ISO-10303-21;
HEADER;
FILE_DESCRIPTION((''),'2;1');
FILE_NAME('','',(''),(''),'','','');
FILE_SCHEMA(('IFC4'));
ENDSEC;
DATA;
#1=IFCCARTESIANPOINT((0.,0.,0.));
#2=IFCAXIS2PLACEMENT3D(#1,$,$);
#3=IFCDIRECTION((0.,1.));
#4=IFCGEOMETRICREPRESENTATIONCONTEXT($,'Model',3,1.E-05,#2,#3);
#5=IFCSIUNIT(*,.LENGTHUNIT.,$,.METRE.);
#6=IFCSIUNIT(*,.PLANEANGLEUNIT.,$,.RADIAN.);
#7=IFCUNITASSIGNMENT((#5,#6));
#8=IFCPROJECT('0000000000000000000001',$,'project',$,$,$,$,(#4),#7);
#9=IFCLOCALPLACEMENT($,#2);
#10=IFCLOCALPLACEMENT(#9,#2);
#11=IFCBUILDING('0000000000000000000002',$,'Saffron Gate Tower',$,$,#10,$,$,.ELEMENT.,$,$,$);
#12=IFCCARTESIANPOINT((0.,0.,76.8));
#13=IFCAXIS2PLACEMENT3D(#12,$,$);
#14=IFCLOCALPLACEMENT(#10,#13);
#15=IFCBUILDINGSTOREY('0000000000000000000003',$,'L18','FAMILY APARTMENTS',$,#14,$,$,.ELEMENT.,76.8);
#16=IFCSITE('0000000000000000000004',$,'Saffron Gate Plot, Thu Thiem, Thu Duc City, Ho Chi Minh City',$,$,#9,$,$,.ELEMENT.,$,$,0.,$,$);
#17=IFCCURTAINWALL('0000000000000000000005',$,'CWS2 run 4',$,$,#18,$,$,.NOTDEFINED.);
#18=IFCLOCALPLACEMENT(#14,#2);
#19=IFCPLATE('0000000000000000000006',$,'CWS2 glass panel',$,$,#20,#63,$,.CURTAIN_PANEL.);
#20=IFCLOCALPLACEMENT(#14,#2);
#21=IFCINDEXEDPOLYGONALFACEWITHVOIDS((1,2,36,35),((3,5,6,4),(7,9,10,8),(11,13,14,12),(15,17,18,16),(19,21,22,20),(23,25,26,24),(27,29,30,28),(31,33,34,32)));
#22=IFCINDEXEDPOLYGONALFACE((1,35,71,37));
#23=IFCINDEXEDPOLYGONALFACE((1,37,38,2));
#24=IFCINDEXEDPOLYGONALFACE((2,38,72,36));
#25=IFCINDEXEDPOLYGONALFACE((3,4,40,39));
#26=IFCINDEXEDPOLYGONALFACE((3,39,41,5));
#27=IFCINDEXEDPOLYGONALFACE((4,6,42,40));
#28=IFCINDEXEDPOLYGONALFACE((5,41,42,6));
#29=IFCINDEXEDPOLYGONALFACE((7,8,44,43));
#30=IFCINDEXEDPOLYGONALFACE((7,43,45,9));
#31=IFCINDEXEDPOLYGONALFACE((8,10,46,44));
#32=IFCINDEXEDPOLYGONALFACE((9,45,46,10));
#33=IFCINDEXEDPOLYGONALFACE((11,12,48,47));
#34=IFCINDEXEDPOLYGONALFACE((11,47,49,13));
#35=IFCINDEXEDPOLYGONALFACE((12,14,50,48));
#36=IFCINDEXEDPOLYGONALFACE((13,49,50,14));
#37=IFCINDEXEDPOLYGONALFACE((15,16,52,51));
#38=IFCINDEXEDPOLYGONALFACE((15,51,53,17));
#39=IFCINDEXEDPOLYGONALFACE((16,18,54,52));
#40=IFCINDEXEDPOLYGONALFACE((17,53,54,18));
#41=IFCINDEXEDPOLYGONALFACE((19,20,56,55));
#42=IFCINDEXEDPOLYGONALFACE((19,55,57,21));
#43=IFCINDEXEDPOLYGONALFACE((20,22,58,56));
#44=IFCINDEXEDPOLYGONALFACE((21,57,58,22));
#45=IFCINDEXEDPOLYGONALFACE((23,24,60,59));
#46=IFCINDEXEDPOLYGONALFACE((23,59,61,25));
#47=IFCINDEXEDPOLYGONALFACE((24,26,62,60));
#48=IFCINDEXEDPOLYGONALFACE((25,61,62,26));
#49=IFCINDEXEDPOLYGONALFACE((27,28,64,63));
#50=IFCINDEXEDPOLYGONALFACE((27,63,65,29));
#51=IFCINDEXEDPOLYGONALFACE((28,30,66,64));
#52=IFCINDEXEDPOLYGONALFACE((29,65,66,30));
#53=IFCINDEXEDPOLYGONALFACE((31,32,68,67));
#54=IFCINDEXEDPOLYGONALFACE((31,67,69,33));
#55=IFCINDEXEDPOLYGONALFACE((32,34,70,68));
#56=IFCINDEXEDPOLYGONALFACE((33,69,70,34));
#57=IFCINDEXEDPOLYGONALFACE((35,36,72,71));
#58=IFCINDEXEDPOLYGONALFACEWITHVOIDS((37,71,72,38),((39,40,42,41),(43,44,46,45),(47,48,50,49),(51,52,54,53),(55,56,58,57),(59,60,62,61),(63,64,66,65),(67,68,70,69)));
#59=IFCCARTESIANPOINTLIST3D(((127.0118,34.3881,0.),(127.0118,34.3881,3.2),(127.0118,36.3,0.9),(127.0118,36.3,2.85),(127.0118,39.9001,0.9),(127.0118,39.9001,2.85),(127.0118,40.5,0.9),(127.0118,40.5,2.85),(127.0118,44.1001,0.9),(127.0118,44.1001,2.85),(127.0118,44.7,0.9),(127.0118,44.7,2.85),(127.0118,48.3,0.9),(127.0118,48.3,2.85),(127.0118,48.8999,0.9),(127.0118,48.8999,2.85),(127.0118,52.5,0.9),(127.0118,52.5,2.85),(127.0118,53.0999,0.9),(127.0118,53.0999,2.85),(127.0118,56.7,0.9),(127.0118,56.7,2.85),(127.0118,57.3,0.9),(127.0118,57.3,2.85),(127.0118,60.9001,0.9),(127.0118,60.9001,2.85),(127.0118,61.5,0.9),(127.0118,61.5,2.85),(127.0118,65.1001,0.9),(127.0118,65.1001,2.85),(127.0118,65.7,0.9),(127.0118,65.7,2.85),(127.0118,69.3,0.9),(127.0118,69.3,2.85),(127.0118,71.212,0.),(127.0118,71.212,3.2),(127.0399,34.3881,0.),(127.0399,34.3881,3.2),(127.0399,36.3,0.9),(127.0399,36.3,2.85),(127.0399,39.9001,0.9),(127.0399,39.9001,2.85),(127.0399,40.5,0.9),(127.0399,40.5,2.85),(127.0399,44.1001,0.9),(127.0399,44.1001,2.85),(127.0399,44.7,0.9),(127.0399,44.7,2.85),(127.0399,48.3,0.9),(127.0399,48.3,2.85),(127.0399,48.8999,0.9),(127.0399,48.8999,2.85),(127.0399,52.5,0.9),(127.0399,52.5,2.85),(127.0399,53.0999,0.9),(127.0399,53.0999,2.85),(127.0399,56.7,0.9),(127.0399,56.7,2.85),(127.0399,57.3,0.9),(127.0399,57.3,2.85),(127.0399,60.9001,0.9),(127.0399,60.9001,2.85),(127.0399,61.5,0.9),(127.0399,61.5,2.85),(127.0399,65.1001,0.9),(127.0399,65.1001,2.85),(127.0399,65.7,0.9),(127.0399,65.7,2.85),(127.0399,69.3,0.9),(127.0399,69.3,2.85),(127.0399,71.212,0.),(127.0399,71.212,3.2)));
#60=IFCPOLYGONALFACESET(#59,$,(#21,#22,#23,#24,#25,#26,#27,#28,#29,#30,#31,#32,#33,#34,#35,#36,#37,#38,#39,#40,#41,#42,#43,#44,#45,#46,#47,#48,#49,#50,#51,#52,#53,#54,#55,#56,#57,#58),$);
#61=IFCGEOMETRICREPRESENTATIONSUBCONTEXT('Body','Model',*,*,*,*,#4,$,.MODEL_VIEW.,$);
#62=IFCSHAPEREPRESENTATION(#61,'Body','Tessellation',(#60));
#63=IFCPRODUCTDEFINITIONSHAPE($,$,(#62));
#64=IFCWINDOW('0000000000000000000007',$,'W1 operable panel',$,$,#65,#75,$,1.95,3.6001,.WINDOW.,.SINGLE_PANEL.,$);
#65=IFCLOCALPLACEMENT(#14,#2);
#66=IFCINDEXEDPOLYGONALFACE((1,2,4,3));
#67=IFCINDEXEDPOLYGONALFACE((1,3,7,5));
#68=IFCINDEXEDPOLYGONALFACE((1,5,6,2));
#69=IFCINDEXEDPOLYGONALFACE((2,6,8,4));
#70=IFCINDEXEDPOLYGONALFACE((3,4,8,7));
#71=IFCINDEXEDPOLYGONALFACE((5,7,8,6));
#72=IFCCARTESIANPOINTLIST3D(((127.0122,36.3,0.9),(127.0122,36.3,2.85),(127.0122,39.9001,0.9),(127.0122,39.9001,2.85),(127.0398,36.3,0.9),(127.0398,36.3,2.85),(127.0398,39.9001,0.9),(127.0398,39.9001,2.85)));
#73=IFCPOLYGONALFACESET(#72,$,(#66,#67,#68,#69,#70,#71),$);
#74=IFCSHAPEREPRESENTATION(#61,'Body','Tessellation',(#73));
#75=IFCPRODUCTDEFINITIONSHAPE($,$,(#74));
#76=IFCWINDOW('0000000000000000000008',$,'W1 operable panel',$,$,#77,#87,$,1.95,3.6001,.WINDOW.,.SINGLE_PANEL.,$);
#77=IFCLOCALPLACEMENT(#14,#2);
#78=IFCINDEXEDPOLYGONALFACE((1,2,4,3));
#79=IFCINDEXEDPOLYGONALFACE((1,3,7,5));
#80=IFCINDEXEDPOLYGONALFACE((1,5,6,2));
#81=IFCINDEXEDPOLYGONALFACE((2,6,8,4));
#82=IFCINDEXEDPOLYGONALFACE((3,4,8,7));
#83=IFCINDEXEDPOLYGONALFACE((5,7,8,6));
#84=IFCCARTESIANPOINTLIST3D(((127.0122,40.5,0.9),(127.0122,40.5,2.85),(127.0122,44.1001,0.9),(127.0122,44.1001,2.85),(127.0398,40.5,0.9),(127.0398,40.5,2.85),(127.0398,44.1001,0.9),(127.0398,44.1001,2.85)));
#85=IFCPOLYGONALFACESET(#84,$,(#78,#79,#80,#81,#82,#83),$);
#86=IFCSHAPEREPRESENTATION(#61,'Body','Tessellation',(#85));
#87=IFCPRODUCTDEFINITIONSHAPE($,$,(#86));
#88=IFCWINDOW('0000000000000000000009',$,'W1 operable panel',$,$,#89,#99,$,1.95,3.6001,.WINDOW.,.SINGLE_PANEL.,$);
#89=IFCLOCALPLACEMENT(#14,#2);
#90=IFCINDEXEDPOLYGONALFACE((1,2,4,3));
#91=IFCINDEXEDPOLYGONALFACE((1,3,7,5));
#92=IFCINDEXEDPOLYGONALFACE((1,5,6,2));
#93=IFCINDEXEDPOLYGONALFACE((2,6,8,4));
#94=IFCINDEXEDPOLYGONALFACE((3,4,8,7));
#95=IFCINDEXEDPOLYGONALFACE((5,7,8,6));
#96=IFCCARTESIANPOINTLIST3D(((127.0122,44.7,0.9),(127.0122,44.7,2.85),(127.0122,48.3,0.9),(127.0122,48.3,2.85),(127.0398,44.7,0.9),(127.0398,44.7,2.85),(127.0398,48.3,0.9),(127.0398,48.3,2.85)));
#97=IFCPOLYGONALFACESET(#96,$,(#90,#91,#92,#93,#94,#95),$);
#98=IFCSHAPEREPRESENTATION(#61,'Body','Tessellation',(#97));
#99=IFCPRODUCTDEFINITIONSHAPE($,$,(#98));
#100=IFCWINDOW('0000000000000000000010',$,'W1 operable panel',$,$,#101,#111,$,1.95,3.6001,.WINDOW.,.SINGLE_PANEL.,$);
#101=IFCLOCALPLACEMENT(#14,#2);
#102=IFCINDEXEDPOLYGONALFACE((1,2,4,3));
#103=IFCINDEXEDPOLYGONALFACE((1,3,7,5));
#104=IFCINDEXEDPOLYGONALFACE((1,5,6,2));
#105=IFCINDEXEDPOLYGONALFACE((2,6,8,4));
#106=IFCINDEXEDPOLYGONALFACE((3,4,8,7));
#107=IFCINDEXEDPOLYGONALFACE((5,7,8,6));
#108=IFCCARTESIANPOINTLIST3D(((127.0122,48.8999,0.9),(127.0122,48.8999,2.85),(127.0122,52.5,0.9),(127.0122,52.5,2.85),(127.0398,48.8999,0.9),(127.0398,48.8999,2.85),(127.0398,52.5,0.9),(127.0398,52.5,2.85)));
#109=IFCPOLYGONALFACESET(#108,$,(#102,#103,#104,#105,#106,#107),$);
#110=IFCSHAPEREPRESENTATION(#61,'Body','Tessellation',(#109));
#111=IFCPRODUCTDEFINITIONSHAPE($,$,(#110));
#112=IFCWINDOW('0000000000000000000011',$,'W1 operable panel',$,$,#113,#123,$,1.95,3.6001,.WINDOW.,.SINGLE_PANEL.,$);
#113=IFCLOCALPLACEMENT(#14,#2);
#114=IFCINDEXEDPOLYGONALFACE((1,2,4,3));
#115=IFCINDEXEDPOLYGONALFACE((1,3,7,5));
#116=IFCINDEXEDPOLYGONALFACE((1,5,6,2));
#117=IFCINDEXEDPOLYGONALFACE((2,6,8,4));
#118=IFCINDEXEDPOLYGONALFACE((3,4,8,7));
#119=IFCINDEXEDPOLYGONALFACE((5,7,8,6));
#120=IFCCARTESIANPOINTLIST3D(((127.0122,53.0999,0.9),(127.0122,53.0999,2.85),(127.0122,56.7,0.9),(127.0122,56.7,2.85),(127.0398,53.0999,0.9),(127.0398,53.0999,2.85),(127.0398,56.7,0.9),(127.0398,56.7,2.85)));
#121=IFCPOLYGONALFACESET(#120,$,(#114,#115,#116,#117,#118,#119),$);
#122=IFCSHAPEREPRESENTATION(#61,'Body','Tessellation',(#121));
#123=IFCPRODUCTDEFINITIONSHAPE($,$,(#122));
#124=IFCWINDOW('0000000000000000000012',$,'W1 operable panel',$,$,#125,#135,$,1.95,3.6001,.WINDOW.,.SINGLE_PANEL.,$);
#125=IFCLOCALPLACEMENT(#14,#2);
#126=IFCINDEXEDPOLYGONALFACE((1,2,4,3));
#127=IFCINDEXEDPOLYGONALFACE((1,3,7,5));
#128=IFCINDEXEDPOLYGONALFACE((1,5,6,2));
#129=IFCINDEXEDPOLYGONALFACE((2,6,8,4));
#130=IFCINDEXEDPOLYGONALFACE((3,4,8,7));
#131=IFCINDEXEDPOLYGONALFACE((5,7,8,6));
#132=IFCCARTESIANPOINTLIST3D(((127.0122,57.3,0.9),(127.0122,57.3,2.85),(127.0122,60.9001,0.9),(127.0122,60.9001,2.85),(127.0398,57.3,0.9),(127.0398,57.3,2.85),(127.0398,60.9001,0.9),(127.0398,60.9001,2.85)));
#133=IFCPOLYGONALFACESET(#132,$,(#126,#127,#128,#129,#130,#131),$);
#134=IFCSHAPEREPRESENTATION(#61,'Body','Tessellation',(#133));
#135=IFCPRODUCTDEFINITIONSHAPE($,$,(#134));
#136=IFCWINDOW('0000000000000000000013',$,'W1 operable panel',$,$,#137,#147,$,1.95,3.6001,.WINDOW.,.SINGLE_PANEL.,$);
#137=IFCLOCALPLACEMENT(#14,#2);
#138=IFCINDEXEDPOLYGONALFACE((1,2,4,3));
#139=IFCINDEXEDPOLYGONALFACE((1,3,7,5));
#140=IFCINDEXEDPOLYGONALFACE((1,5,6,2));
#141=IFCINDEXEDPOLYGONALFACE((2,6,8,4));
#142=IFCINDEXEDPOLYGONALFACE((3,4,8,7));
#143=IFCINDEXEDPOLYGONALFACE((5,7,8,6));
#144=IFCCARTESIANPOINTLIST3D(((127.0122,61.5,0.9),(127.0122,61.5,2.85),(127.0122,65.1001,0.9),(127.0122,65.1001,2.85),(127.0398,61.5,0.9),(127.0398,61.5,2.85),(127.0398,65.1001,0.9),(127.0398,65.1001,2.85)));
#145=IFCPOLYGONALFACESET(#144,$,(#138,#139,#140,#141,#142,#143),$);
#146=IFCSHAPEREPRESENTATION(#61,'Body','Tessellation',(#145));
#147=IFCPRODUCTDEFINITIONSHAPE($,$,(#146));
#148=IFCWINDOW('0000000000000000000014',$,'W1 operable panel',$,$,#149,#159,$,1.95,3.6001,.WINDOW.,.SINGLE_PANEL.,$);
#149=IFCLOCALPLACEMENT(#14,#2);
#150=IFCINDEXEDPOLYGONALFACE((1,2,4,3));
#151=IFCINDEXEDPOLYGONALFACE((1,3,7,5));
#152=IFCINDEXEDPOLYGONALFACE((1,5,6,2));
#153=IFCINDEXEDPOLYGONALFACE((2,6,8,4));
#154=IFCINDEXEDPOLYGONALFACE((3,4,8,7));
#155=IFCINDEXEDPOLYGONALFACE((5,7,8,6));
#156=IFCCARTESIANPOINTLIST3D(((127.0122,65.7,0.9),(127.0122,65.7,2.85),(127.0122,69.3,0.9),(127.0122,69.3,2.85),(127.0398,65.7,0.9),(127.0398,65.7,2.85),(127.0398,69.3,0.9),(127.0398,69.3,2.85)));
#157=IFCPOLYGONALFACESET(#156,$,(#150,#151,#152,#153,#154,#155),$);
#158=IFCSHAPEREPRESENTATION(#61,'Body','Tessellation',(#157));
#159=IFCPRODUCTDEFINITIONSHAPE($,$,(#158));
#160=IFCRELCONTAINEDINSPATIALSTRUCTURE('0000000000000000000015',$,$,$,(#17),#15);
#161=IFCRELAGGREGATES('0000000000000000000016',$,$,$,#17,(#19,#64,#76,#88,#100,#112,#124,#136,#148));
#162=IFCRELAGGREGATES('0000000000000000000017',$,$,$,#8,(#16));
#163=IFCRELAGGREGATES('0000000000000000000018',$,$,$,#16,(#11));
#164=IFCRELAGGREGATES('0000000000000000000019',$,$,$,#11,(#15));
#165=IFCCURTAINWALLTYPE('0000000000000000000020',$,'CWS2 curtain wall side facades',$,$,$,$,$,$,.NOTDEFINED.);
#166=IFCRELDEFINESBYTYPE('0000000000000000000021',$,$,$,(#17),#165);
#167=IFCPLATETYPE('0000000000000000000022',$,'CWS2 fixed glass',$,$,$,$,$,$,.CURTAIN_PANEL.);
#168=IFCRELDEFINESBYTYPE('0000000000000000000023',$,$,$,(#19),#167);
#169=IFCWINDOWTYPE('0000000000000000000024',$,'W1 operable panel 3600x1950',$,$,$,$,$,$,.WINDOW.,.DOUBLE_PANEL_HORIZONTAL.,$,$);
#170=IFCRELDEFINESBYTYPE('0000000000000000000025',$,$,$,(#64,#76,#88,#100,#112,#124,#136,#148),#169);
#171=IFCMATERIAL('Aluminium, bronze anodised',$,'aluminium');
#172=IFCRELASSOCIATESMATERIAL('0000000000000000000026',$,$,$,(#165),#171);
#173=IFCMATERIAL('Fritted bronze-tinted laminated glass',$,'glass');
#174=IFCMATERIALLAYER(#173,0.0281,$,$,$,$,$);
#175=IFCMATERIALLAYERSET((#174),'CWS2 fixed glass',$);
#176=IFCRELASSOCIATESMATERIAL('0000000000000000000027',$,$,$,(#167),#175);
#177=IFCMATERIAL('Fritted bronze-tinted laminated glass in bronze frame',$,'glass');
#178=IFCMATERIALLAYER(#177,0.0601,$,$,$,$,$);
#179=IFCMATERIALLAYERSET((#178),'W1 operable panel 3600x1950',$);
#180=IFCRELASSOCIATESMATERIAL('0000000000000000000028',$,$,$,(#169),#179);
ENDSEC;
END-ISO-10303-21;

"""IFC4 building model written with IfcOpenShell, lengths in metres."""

from ifc_helpers import new_model, si_unit, direction, frame, frame_2d, origin, place, context, subcontext, project, spatial, rectangle, extrude, material, layer, layer_set, type_object, element, fill, aggregate, save


model = new_model("IFC4")

# Units and contexts
model_context = context("Model", 3, precision=1e-05, world=origin(), true_north=direction((0.0, 1.0)))
body_context = subcontext(model_context, "Body", "Model", "MODEL_VIEW")
ifc_project = project(units=[si_unit("LENGTHUNIT", "METRE"), si_unit("PLANEANGLEUNIT", "RADIAN")], contexts=[model_context])

# Site, building, storey
site_placement = place(None, origin())
site = spatial("IfcSite", under=ifc_project, at=site_placement, Name="Saffron Gate Plot, Thu Thiem, Thu Duc City, Ho Chi Minh City", CompositionType="ELEMENT", RefElevation=0.0)
building_placement = place(site_placement, origin())
building = spatial("IfcBuilding", under=site, at=building_placement, Name="Saffron Gate Tower", CompositionType="ELEMENT")
storey_placement = place(building_placement, frame((0.0, 0.0, 76.8)))
storey = spatial("IfcBuildingStorey", under=building, at=storey_placement, Name="L18", Description="FAMILY APARTMENTS", CompositionType="ELEMENT", Elevation=76.8)

# Curtain wall
ifc_material_1 = material(Name="Aluminium, bronze anodised", Category="aluminium")
curtain_wall_type_1 = type_object("IfcCurtainWallType", Name="CWS2 curtain wall side facades", PredefinedType="NOTDEFINED", material=ifc_material_1)
curtain_wall_1_placement = place(storey_placement, origin())
curtain_wall_1 = element("IfcCurtainWall", 1, at=curtain_wall_1_placement, inside=storey, type_object=curtain_wall_type_1, Name="CWS2 run 4", PredefinedType="NOTDEFINED")

# Plate, openings, windows
ifc_material_2 = material(Name="Fritted bronze-tinted laminated glass", Category="glass")
ifc_layer_1 = layer(ifc_material_2, 0.0281)
ifc_layer_set_1 = layer_set([ifc_layer_1], Name="CWS2 fixed glass")
plate_type_1 = type_object("IfcPlateType", Name="CWS2 fixed glass", PredefinedType="CURTAIN_PANEL", material=ifc_layer_set_1)
plate_1_placement = place(storey_placement, frame((127.0259, 34.3879, 0.0), z_axis=(0.0, 0.0, 1.0), x_axis=(0.0, 1.0, 0.0)))
plate_1 = element("IfcPlate", 2, at=plate_1_placement, type_object=plate_type_1, Name="CWS2 glass panel", PredefinedType="CURTAIN_PANEL", context=body_context, shape_type="SweptSolid", body=[
    extrude(rectangle(XDim=36.824, YDim=0.0281, at=frame_2d((18.4121, 0.0))), origin(), (0.0, 0.0, 1.0), 3.2),
])
opening_1_placement = place(plate_1_placement, frame((1.9121, 0.0, 0.8999)))
opening_1 = element("IfcOpeningElement", 3, at=opening_1_placement, cuts=plate_1, PredefinedType="OPENING", context=body_context, shape_type="SweptSolid", body=[
    extrude(rectangle(XDim=3.6001, YDim=1.95, at=frame_2d((1.8, 0.9751))), frame((0.0, 0.0239, 0.0), z_axis=(0.0, -1.0, 0.0), x_axis=(1.0, 0.0, 0.0)), (0.0, 0.0, 1.0), 0.0481),
])
opening_2_placement = place(plate_1_placement, frame((6.1121, 0.0, 0.8999)))
opening_2 = element("IfcOpeningElement", 4, at=opening_2_placement, cuts=plate_1, PredefinedType="OPENING", context=body_context, shape_type="SweptSolid", body=[
    extrude(rectangle(XDim=3.6001, YDim=1.95, at=frame_2d((1.8, 0.9751))), frame((0.0, 0.0239, 0.0), z_axis=(0.0, -1.0, 0.0), x_axis=(1.0, 0.0, 0.0)), (0.0, 0.0, 1.0), 0.0481),
])
opening_3_placement = place(plate_1_placement, frame((10.312, 0.0, 0.8999)))
opening_3 = element("IfcOpeningElement", 5, at=opening_3_placement, cuts=plate_1, PredefinedType="OPENING", context=body_context, shape_type="SweptSolid", body=[
    extrude(rectangle(XDim=3.6001, YDim=1.95, at=frame_2d((1.8, 0.9751))), frame((0.0, 0.0239, 0.0), z_axis=(0.0, -1.0, 0.0), x_axis=(1.0, 0.0, 0.0)), (0.0, 0.0, 1.0), 0.0481),
])
opening_4_placement = place(plate_1_placement, frame((14.512, 0.0, 0.8999)))
opening_4 = element("IfcOpeningElement", 6, at=opening_4_placement, cuts=plate_1, PredefinedType="OPENING", context=body_context, shape_type="SweptSolid", body=[
    extrude(rectangle(XDim=3.6001, YDim=1.95, at=frame_2d((1.8, 0.9751))), frame((0.0, 0.0239, 0.0), z_axis=(0.0, -1.0, 0.0), x_axis=(1.0, 0.0, 0.0)), (0.0, 0.0, 1.0), 0.0481),
])
opening_5_placement = place(plate_1_placement, frame((18.7119, 0.0, 0.8999)))
opening_5 = element("IfcOpeningElement", 7, at=opening_5_placement, cuts=plate_1, PredefinedType="OPENING", context=body_context, shape_type="SweptSolid", body=[
    extrude(rectangle(XDim=3.6001, YDim=1.95, at=frame_2d((1.8, 0.9751))), frame((0.0, 0.0239, 0.0), z_axis=(0.0, -1.0, 0.0), x_axis=(1.0, 0.0, 0.0)), (0.0, 0.0, 1.0), 0.0481),
])
opening_6_placement = place(plate_1_placement, frame((22.9121, 0.0, 0.8999)))
opening_6 = element("IfcOpeningElement", 8, at=opening_6_placement, cuts=plate_1, PredefinedType="OPENING", context=body_context, shape_type="SweptSolid", body=[
    extrude(rectangle(XDim=3.6001, YDim=1.95, at=frame_2d((1.8, 0.9751))), frame((0.0, 0.0239, 0.0), z_axis=(0.0, -1.0, 0.0), x_axis=(1.0, 0.0, 0.0)), (0.0, 0.0, 1.0), 0.0481),
])
opening_7_placement = place(plate_1_placement, frame((27.1121, 0.0, 0.8999)))
opening_7 = element("IfcOpeningElement", 9, at=opening_7_placement, cuts=plate_1, PredefinedType="OPENING", context=body_context, shape_type="SweptSolid", body=[
    extrude(rectangle(XDim=3.6001, YDim=1.95, at=frame_2d((1.8, 0.9751))), frame((0.0, 0.0239, 0.0), z_axis=(0.0, -1.0, 0.0), x_axis=(1.0, 0.0, 0.0)), (0.0, 0.0, 1.0), 0.0481),
])
opening_8_placement = place(plate_1_placement, frame((31.312, 0.0, 0.8999)))
opening_8 = element("IfcOpeningElement", 10, at=opening_8_placement, cuts=plate_1, PredefinedType="OPENING", context=body_context, shape_type="SweptSolid", body=[
    extrude(rectangle(XDim=3.6001, YDim=1.95, at=frame_2d((1.8, 0.9751))), frame((0.0, 0.0239, 0.0), z_axis=(0.0, -1.0, 0.0), x_axis=(1.0, 0.0, 0.0)), (0.0, 0.0, 1.0), 0.0481),
])
ifc_material_3 = material(Name="Fritted bronze-tinted laminated glass in bronze frame", Category="glass")
ifc_layer_2 = layer(ifc_material_3, 0.0601)
ifc_layer_set_2 = layer_set([ifc_layer_2], Name="W1 operable panel 3600x1950")
window_type = type_object("IfcWindowType", Name="W1 operable panel 3600x1950", PartitioningType="DOUBLE_PANEL_HORIZONTAL", PredefinedType="WINDOW", material=ifc_layer_set_2)
window_1_placement = place(opening_1_placement, origin())
window_1 = element("IfcWindow", 11, at=window_1_placement, type_object=window_type, Name="W1 operable panel", OverallHeight=1.95, OverallWidth=3.6001, PartitioningType="SINGLE_PANEL", PredefinedType="WINDOW", context=body_context, shape_type="SweptSolid", body=[
    extrude(rectangle(XDim=3.6001, YDim=1.95, at=frame_2d((1.8, 0.9751))), frame((0.0, 0.0137, 0.0), z_axis=(0.0, -1.0, 0.0), x_axis=(1.0, 0.0, 0.0)), (0.0, 0.0, 1.0), 0.0276),
])
fill(opening_1, window_1)
window_2_placement = place(opening_2_placement, origin())
window_2 = element("IfcWindow", 12, at=window_2_placement, type_object=window_type, Name="W1 operable panel", OverallHeight=1.95, OverallWidth=3.6001, PartitioningType="SINGLE_PANEL", PredefinedType="WINDOW", context=body_context, shape_type="SweptSolid", body=[
    extrude(rectangle(XDim=3.6001, YDim=1.95, at=frame_2d((1.8, 0.9751))), frame((0.0, 0.0137, 0.0), z_axis=(0.0, -1.0, 0.0), x_axis=(1.0, 0.0, 0.0)), (0.0, 0.0, 1.0), 0.0276),
])
fill(opening_2, window_2)
window_3_placement = place(opening_3_placement, origin())
window_3 = element("IfcWindow", 13, at=window_3_placement, type_object=window_type, Name="W1 operable panel", OverallHeight=1.95, OverallWidth=3.6001, PartitioningType="SINGLE_PANEL", PredefinedType="WINDOW", context=body_context, shape_type="SweptSolid", body=[
    extrude(rectangle(XDim=3.6001, YDim=1.95, at=frame_2d((1.8, 0.9751))), frame((0.0, 0.0137, 0.0), z_axis=(0.0, -1.0, 0.0), x_axis=(1.0, 0.0, 0.0)), (0.0, 0.0, 1.0), 0.0276),
])
fill(opening_3, window_3)
window_4_placement = place(opening_4_placement, origin())
window_4 = element("IfcWindow", 14, at=window_4_placement, type_object=window_type, Name="W1 operable panel", OverallHeight=1.95, OverallWidth=3.6001, PartitioningType="SINGLE_PANEL", PredefinedType="WINDOW", context=body_context, shape_type="SweptSolid", body=[
    extrude(rectangle(XDim=3.6001, YDim=1.95, at=frame_2d((1.8, 0.9751))), frame((0.0, 0.0137, 0.0), z_axis=(0.0, -1.0, 0.0), x_axis=(1.0, 0.0, 0.0)), (0.0, 0.0, 1.0), 0.0276),
])
fill(opening_4, window_4)
window_5_placement = place(opening_5_placement, origin())
window_5 = element("IfcWindow", 15, at=window_5_placement, type_object=window_type, Name="W1 operable panel", OverallHeight=1.95, OverallWidth=3.6001, PartitioningType="SINGLE_PANEL", PredefinedType="WINDOW", context=body_context, shape_type="SweptSolid", body=[
    extrude(rectangle(XDim=3.6001, YDim=1.95, at=frame_2d((1.8, 0.9751))), frame((0.0, 0.0137, 0.0), z_axis=(0.0, -1.0, 0.0), x_axis=(1.0, 0.0, 0.0)), (0.0, 0.0, 1.0), 0.0276),
])
fill(opening_5, window_5)
window_6_placement = place(opening_6_placement, origin())
window_6 = element("IfcWindow", 16, at=window_6_placement, type_object=window_type, Name="W1 operable panel", OverallHeight=1.95, OverallWidth=3.6001, PartitioningType="SINGLE_PANEL", PredefinedType="WINDOW", context=body_context, shape_type="SweptSolid", body=[
    extrude(rectangle(XDim=3.6001, YDim=1.95, at=frame_2d((1.8, 0.9751))), frame((0.0, 0.0137, 0.0), z_axis=(0.0, -1.0, 0.0), x_axis=(1.0, 0.0, 0.0)), (0.0, 0.0, 1.0), 0.0276),
])
fill(opening_6, window_6)
window_7_placement = place(opening_7_placement, origin())
window_7 = element("IfcWindow", 17, at=window_7_placement, type_object=window_type, Name="W1 operable panel", OverallHeight=1.95, OverallWidth=3.6001, PartitioningType="SINGLE_PANEL", PredefinedType="WINDOW", context=body_context, shape_type="SweptSolid", body=[
    extrude(rectangle(XDim=3.6001, YDim=1.95, at=frame_2d((1.8, 0.9751))), frame((0.0, 0.0137, 0.0), z_axis=(0.0, -1.0, 0.0), x_axis=(1.0, 0.0, 0.0)), (0.0, 0.0, 1.0), 0.0276),
])
fill(opening_7, window_7)
window_8_placement = place(opening_8_placement, origin())
window_8 = element("IfcWindow", 18, at=window_8_placement, type_object=window_type, Name="W1 operable panel", OverallHeight=1.95, OverallWidth=3.6001, PartitioningType="SINGLE_PANEL", PredefinedType="WINDOW", context=body_context, shape_type="SweptSolid", body=[
    extrude(rectangle(XDim=3.6001, YDim=1.95, at=frame_2d((1.8, 0.9751))), frame((0.0, 0.0137, 0.0), z_axis=(0.0, -1.0, 0.0), x_axis=(1.0, 0.0, 0.0)), (0.0, 0.0, 1.0), 0.0276),
])
fill(opening_8, window_8)
aggregate(curtain_wall_1, [plate_1, window_1, window_2, window_3, window_4, window_5, window_6, window_7, window_8])

save(model, "model.ifc")
